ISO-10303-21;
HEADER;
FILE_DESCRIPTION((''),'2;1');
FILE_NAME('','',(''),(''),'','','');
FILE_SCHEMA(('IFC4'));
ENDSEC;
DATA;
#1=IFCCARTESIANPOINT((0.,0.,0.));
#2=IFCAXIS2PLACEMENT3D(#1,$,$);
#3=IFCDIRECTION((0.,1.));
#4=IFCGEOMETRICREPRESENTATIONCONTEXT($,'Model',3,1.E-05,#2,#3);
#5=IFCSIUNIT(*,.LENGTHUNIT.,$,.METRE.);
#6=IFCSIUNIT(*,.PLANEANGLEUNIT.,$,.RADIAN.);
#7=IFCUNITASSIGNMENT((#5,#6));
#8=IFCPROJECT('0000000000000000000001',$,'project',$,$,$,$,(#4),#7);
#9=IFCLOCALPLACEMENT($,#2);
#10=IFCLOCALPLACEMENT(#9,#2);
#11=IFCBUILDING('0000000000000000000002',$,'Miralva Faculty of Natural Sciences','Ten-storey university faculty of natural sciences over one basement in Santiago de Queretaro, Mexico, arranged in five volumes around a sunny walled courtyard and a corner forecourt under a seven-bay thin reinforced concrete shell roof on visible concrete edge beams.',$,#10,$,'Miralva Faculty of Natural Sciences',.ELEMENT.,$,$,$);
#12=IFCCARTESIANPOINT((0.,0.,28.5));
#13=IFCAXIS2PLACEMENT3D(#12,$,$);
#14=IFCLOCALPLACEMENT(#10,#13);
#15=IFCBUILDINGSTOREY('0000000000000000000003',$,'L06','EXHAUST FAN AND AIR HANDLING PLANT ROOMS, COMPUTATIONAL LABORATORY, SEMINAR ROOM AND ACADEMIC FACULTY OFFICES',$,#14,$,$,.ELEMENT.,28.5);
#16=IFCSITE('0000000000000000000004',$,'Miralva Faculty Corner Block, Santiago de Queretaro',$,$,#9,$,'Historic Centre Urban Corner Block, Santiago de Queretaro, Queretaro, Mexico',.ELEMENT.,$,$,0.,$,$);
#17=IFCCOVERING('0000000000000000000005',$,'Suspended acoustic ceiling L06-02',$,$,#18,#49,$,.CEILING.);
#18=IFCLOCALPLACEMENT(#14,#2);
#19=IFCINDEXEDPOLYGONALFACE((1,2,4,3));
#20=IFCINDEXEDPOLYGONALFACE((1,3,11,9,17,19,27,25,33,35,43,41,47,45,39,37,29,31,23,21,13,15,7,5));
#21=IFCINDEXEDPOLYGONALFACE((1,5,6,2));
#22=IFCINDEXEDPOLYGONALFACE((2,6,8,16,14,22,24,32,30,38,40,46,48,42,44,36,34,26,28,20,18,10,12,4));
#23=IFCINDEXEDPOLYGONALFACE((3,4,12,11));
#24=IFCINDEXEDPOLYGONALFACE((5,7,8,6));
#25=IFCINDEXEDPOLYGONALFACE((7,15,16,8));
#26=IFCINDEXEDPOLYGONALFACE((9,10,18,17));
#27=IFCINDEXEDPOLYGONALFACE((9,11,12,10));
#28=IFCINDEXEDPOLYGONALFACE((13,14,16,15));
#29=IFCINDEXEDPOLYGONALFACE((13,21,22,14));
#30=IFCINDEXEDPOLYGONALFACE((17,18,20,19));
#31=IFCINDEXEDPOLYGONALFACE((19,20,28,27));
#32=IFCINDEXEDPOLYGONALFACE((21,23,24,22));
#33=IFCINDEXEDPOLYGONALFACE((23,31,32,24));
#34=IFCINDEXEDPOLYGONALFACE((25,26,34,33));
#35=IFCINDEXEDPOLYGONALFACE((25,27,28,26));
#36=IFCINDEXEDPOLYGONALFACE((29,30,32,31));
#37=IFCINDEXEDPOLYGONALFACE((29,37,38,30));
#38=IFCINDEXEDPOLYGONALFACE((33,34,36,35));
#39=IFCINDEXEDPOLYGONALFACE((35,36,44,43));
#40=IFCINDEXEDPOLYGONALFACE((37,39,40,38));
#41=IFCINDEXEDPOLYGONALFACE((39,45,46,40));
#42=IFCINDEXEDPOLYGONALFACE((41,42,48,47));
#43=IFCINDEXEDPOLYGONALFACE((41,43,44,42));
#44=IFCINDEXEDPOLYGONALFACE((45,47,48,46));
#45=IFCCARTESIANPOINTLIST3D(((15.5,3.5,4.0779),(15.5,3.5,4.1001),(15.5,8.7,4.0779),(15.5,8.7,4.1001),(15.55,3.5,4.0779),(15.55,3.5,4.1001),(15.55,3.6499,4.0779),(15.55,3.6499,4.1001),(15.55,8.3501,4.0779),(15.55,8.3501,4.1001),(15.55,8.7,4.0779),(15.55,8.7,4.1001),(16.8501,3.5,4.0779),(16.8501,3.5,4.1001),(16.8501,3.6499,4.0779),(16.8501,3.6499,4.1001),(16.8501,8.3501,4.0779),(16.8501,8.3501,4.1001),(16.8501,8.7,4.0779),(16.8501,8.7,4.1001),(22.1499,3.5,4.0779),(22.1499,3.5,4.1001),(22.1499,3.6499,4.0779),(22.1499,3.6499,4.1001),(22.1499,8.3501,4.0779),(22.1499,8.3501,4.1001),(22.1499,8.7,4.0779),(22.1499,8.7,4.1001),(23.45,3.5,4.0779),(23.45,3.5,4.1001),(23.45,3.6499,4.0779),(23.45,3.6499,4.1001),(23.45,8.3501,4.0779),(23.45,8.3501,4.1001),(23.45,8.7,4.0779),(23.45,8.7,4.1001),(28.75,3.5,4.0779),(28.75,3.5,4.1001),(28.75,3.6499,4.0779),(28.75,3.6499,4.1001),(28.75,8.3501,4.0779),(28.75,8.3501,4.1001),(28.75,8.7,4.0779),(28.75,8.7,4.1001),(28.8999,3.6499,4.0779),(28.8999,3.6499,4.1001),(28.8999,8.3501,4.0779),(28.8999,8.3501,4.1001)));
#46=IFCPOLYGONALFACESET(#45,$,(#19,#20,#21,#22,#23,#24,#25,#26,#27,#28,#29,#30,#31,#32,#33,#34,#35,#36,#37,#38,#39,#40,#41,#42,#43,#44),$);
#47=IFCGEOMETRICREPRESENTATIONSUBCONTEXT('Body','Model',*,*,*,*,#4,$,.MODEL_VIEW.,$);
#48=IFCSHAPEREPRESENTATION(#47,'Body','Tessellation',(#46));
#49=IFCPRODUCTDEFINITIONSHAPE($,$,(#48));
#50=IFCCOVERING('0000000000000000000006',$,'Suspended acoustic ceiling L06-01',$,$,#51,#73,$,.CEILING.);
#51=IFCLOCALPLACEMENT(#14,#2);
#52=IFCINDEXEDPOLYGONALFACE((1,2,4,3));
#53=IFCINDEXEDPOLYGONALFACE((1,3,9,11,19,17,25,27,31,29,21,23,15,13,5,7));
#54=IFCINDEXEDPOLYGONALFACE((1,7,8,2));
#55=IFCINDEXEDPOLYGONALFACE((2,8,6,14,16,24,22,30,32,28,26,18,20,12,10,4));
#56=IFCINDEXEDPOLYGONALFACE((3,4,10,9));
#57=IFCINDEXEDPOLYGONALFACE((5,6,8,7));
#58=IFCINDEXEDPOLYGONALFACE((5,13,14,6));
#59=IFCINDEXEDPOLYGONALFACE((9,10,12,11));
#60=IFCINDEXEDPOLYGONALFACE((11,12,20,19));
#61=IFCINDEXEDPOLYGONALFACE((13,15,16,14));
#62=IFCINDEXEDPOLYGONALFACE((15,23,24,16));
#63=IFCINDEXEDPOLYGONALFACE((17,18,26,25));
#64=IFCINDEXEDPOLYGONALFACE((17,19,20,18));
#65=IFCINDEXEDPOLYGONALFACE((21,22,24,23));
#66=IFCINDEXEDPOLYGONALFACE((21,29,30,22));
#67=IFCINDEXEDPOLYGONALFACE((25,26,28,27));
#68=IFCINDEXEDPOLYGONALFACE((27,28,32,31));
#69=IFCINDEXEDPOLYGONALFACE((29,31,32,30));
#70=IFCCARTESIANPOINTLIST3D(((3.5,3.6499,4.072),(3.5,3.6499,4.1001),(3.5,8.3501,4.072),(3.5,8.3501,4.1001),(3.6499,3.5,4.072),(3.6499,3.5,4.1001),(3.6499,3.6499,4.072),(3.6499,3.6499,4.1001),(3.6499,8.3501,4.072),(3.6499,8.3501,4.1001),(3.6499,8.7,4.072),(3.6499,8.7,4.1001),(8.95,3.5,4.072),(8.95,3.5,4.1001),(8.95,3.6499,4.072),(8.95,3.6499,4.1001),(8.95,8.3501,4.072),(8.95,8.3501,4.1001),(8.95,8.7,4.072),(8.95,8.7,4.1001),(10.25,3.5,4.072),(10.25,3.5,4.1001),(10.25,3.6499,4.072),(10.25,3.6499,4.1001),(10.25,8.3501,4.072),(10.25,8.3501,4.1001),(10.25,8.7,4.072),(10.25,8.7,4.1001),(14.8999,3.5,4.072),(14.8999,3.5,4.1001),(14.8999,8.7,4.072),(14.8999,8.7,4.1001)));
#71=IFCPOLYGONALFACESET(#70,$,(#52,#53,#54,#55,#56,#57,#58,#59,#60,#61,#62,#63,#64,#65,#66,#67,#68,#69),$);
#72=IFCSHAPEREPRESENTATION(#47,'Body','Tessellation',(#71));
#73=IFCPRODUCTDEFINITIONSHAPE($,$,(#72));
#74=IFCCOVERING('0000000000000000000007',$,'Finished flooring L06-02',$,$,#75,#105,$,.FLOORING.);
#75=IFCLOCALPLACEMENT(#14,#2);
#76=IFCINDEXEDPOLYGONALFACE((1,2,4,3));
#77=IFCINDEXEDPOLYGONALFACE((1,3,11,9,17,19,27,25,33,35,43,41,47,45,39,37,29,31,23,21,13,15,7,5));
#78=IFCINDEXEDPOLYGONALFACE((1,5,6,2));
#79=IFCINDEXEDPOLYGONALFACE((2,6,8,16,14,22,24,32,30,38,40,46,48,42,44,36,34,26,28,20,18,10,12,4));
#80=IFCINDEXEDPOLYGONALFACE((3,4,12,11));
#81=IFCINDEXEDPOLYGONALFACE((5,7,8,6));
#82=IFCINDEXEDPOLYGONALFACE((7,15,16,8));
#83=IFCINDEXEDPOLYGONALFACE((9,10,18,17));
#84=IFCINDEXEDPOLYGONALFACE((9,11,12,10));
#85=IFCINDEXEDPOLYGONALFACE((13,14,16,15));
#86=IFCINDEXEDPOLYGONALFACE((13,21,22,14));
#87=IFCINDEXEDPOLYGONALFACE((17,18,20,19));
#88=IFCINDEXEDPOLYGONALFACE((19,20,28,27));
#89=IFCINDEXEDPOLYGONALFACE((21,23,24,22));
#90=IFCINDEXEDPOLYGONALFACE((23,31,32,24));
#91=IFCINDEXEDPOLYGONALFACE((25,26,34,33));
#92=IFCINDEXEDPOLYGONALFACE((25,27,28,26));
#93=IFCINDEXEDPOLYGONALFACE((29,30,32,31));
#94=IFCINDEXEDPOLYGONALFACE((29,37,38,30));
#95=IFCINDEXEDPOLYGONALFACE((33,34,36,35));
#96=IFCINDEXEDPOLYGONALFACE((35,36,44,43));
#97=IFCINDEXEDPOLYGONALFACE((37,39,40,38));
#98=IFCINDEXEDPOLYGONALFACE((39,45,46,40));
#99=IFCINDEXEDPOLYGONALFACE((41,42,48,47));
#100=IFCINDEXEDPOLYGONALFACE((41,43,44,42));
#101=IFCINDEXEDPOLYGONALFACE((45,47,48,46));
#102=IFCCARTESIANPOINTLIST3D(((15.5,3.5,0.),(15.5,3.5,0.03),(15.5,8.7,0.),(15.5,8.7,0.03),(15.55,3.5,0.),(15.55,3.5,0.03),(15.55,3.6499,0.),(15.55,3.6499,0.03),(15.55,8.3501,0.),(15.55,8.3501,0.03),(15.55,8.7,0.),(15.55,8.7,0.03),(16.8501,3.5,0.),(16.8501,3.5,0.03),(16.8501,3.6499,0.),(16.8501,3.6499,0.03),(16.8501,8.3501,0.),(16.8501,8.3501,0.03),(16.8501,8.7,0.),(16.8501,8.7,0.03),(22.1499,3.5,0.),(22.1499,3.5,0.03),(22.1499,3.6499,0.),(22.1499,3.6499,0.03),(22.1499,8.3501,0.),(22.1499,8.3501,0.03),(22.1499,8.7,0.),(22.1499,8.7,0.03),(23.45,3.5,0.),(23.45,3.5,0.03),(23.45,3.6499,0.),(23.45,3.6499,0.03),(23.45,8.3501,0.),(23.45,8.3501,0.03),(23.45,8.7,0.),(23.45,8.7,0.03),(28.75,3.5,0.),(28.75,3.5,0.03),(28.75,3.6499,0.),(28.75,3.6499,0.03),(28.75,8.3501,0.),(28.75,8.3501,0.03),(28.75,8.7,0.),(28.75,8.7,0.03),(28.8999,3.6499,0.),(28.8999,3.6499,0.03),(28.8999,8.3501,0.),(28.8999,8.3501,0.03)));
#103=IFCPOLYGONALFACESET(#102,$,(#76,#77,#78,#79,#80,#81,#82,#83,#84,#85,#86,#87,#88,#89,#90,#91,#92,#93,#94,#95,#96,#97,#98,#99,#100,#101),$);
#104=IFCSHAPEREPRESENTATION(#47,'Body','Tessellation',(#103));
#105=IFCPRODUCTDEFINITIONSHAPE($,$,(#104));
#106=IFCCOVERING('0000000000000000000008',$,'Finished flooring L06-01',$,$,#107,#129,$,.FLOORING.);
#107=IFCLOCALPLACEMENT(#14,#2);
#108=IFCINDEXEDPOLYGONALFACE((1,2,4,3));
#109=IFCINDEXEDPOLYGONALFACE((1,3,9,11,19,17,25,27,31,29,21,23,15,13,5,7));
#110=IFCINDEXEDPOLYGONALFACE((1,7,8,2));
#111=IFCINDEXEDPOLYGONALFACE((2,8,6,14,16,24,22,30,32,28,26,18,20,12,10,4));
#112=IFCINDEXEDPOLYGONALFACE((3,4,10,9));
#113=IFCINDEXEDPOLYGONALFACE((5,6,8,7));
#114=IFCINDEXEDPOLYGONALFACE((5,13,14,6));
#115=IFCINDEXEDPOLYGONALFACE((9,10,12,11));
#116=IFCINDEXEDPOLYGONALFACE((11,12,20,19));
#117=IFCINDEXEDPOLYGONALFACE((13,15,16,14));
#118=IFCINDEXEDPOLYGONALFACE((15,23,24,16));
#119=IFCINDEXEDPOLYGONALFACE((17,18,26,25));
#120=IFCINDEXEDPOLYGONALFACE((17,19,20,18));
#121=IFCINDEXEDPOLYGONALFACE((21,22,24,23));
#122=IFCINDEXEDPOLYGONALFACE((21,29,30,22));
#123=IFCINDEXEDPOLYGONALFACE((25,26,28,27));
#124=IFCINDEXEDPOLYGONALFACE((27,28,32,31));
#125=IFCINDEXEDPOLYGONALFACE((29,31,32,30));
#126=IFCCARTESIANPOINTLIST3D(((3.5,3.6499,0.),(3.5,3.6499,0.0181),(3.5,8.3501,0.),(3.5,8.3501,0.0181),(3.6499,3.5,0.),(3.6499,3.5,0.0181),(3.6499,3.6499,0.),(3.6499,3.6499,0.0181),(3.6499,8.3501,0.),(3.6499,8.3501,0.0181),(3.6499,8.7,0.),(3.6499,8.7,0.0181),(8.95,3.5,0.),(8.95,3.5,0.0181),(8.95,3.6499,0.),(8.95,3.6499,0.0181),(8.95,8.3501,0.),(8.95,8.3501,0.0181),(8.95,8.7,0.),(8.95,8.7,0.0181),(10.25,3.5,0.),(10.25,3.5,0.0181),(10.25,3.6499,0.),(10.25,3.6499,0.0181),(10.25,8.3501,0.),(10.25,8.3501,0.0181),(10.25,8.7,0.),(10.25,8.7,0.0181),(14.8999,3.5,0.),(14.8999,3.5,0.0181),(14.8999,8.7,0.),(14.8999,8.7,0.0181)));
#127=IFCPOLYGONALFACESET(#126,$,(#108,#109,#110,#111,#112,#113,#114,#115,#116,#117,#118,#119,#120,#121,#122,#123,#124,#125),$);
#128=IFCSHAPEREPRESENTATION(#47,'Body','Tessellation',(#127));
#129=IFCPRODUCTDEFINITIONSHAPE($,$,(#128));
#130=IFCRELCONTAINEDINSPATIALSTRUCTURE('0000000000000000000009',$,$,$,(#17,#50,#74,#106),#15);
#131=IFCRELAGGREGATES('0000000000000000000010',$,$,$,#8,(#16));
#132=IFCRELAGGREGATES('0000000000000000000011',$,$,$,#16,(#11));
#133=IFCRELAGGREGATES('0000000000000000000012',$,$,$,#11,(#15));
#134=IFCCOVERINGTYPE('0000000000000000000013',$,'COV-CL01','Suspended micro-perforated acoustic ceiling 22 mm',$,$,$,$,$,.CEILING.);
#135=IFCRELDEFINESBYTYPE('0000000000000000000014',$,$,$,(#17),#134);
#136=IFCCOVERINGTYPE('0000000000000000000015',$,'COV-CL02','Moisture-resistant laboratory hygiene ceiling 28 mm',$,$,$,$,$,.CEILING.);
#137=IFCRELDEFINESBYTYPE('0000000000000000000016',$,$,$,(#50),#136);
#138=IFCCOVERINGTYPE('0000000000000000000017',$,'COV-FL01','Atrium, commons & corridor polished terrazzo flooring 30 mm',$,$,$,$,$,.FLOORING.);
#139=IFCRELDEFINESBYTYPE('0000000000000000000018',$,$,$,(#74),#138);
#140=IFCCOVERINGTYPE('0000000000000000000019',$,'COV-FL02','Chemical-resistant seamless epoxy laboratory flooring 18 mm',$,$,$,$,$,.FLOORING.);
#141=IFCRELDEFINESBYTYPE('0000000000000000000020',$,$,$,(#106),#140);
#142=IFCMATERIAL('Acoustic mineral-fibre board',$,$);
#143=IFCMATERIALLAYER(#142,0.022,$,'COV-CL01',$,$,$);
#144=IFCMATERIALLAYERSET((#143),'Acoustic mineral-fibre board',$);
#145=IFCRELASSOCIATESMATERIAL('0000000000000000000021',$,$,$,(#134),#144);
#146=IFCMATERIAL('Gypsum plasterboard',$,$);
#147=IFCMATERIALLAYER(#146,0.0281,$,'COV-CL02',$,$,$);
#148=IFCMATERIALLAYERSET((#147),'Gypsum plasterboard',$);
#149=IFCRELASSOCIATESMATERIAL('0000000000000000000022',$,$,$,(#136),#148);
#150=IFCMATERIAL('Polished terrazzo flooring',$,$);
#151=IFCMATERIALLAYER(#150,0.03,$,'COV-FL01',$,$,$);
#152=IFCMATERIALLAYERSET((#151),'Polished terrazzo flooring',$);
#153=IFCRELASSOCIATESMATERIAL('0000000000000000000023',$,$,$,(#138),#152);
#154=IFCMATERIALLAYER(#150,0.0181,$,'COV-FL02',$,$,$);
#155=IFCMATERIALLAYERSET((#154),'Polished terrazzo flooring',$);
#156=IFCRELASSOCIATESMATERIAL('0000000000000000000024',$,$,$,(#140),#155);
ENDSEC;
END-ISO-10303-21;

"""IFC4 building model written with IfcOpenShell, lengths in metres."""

from ifc_helpers import new_model, si_unit, direction, frame, origin, place, context, subcontext, project, spatial, polyline, outline, extrude, material, layer, layer_set, type_object, element, save


model = new_model("IFC4")

# Units and contexts
model_context = context("Model", 3, precision=1e-05, world=origin(), true_north=direction((0.0, 1.0)))
body_context = subcontext(model_context, "Body", "Model", "MODEL_VIEW")
ifc_project = project(units=[si_unit("LENGTHUNIT", "METRE"), si_unit("PLANEANGLEUNIT", "RADIAN")], contexts=[model_context])

# Site, building, storey
site_placement = place(None, origin())
site = spatial("IfcSite", under=ifc_project, at=site_placement, Name="Miralva Faculty Corner Block, Santiago de Queretaro", LongName="Historic Centre Urban Corner Block, Santiago de Queretaro, Queretaro, Mexico", CompositionType="ELEMENT", RefElevation=0.0)
building_placement = place(site_placement, origin())
building = spatial("IfcBuilding", under=site, at=building_placement, Name="Miralva Faculty of Natural Sciences", Description="Ten-storey university faculty of natural sciences over one basement in Santiago de Queretaro, Mexico, arranged in five volumes around a sunny walled courtyard and a corner forecourt under a seven-bay thin reinforced concrete shell roof on visible concrete edge beams.", LongName="Miralva Faculty of Natural Sciences", CompositionType="ELEMENT")
storey_placement = place(building_placement, frame((0.0, 0.0, 28.5)))
storey = spatial("IfcBuildingStorey", under=building, at=storey_placement, Name="L06", Description="EXHAUST FAN AND AIR HANDLING PLANT ROOMS, COMPUTATIONAL LABORATORY, SEMINAR ROOM AND ACADEMIC FACULTY OFFICES", CompositionType="ELEMENT", Elevation=28.5)

# Shared definitions
ifc_material_1 = material(Name="Gypsum plasterboard")

# Coverings
ifc_material_2 = material(Name="Acoustic mineral-fibre board")
ifc_layer_1 = layer(ifc_material_2, 0.022, Name="COV-CL01")
ifc_layer_set_1 = layer_set([ifc_layer_1], Name="Acoustic mineral-fibre board")
covering_type_1 = type_object("IfcCoveringType", Name="COV-CL01", Description="Suspended micro-perforated acoustic ceiling 22 mm", PredefinedType="CEILING", material=ifc_layer_set_1)
covering_1_placement = place(storey_placement, frame((0.0, 0.0, 4.0779)))
element("IfcCovering", 1, at=covering_1_placement, inside=storey, type_object=covering_type_1, Name="Suspended acoustic ceiling L06-02", PredefinedType="CEILING", context=body_context, shape_type="SweptSolid", body=[
    extrude(outline(polyline([(15.5, 3.5), (15.5, 8.7), (15.55, 8.7), (15.55, 8.3501), (16.8501, 8.3501), (16.8501, 8.7), (22.1499, 8.7), (22.1499, 8.3501), (23.45, 8.3501), (23.45, 8.7), (28.75, 8.7), (28.75, 8.3501), (28.8999, 8.3501), (28.8999, 3.6499), (28.75, 3.6499), (28.75, 3.5), (23.45, 3.5), (23.45, 3.6499), (22.1499, 3.6499), (22.1499, 3.5), (16.8501, 3.5), (16.8501, 3.6499), (15.55, 3.6499), (15.55, 3.5), (15.5, 3.5)])), origin(), (0.0, 0.0, 1.0), 0.0222),
])
ifc_layer_2 = layer(ifc_material_1, 0.0281, Name="COV-CL02")
ifc_layer_set_2 = layer_set([ifc_layer_2], Name="Gypsum plasterboard")
covering_type_2 = type_object("IfcCoveringType", Name="COV-CL02", Description="Moisture-resistant laboratory hygiene ceiling 28 mm", PredefinedType="CEILING", material=ifc_layer_set_2)
covering_2_placement = place(storey_placement, frame((0.0, 0.0, 4.072)))
element("IfcCovering", 2, at=covering_2_placement, inside=storey, type_object=covering_type_2, Name="Suspended acoustic ceiling L06-01", PredefinedType="CEILING", context=body_context, shape_type="SweptSolid", body=[
    extrude(outline(polyline([(10.25, 3.5), (10.25, 3.6499), (8.95, 3.6499), (8.95, 3.5), (3.6499, 3.5), (3.6499, 3.6499), (3.5, 3.6499), (3.5, 8.3501), (3.6499, 8.3501), (3.6499, 8.7), (8.95, 8.7), (8.95, 8.3501), (10.25, 8.3501), (10.25, 8.7), (14.8999, 8.7), (14.8999, 3.5), (10.25, 3.5)])), origin(), (0.0, 0.0, 1.0), 0.0281),
])
ifc_material_3 = material(Name="Polished terrazzo flooring")
ifc_layer_3 = layer(ifc_material_3, 0.03, Name="COV-FL01")
ifc_layer_set_3 = layer_set([ifc_layer_3], Name="Polished terrazzo flooring")
covering_type_3 = type_object("IfcCoveringType", Name="COV-FL01", Description="Atrium, commons & corridor polished terrazzo flooring 30 mm", PredefinedType="FLOORING", material=ifc_layer_set_3)
covering_3_placement = place(storey_placement, origin())
element("IfcCovering", 3, at=covering_3_placement, inside=storey, type_object=covering_type_3, Name="Finished flooring L06-02", PredefinedType="FLOORING", context=body_context, shape_type="SweptSolid", body=[
    extrude(outline(polyline([(15.5, 3.5), (15.5, 8.7), (15.55, 8.7), (15.55, 8.3501), (16.8501, 8.3501), (16.8501, 8.7), (22.1499, 8.7), (22.1499, 8.3501), (23.45, 8.3501), (23.45, 8.7), (28.75, 8.7), (28.75, 8.3501), (28.8999, 8.3501), (28.8999, 3.6499), (28.75, 3.6499), (28.75, 3.5), (23.45, 3.5), (23.45, 3.6499), (22.1499, 3.6499), (22.1499, 3.5), (16.8501, 3.5), (16.8501, 3.6499), (15.55, 3.6499), (15.55, 3.5), (15.5, 3.5)])), origin(), (0.0, 0.0, 1.0), 0.03),
])
ifc_layer_4 = layer(ifc_material_3, 0.0181, Name="COV-FL02")
ifc_layer_set_4 = layer_set([ifc_layer_4], Name="Polished terrazzo flooring")
covering_type_4 = type_object("IfcCoveringType", Name="COV-FL02", Description="Chemical-resistant seamless epoxy laboratory flooring 18 mm", PredefinedType="FLOORING", material=ifc_layer_set_4)
covering_4_placement = place(storey_placement, origin())
element("IfcCovering", 4, at=covering_4_placement, inside=storey, type_object=covering_type_4, Name="Finished flooring L06-01", PredefinedType="FLOORING", context=body_context, shape_type="SweptSolid", body=[
    extrude(outline(polyline([(10.25, 3.5), (10.25, 3.6499), (8.95, 3.6499), (8.95, 3.5), (3.6499, 3.5), (3.6499, 3.6499), (3.5, 3.6499), (3.5, 8.3501), (3.6499, 8.3501), (3.6499, 8.7), (8.95, 8.7), (8.95, 8.3501), (10.25, 8.3501), (10.25, 8.7), (14.8999, 8.7), (14.8999, 3.5), (10.25, 3.5)])), origin(), (0.0, 0.0, 1.0), 0.0181),
])

save(model, "model.ifc")
